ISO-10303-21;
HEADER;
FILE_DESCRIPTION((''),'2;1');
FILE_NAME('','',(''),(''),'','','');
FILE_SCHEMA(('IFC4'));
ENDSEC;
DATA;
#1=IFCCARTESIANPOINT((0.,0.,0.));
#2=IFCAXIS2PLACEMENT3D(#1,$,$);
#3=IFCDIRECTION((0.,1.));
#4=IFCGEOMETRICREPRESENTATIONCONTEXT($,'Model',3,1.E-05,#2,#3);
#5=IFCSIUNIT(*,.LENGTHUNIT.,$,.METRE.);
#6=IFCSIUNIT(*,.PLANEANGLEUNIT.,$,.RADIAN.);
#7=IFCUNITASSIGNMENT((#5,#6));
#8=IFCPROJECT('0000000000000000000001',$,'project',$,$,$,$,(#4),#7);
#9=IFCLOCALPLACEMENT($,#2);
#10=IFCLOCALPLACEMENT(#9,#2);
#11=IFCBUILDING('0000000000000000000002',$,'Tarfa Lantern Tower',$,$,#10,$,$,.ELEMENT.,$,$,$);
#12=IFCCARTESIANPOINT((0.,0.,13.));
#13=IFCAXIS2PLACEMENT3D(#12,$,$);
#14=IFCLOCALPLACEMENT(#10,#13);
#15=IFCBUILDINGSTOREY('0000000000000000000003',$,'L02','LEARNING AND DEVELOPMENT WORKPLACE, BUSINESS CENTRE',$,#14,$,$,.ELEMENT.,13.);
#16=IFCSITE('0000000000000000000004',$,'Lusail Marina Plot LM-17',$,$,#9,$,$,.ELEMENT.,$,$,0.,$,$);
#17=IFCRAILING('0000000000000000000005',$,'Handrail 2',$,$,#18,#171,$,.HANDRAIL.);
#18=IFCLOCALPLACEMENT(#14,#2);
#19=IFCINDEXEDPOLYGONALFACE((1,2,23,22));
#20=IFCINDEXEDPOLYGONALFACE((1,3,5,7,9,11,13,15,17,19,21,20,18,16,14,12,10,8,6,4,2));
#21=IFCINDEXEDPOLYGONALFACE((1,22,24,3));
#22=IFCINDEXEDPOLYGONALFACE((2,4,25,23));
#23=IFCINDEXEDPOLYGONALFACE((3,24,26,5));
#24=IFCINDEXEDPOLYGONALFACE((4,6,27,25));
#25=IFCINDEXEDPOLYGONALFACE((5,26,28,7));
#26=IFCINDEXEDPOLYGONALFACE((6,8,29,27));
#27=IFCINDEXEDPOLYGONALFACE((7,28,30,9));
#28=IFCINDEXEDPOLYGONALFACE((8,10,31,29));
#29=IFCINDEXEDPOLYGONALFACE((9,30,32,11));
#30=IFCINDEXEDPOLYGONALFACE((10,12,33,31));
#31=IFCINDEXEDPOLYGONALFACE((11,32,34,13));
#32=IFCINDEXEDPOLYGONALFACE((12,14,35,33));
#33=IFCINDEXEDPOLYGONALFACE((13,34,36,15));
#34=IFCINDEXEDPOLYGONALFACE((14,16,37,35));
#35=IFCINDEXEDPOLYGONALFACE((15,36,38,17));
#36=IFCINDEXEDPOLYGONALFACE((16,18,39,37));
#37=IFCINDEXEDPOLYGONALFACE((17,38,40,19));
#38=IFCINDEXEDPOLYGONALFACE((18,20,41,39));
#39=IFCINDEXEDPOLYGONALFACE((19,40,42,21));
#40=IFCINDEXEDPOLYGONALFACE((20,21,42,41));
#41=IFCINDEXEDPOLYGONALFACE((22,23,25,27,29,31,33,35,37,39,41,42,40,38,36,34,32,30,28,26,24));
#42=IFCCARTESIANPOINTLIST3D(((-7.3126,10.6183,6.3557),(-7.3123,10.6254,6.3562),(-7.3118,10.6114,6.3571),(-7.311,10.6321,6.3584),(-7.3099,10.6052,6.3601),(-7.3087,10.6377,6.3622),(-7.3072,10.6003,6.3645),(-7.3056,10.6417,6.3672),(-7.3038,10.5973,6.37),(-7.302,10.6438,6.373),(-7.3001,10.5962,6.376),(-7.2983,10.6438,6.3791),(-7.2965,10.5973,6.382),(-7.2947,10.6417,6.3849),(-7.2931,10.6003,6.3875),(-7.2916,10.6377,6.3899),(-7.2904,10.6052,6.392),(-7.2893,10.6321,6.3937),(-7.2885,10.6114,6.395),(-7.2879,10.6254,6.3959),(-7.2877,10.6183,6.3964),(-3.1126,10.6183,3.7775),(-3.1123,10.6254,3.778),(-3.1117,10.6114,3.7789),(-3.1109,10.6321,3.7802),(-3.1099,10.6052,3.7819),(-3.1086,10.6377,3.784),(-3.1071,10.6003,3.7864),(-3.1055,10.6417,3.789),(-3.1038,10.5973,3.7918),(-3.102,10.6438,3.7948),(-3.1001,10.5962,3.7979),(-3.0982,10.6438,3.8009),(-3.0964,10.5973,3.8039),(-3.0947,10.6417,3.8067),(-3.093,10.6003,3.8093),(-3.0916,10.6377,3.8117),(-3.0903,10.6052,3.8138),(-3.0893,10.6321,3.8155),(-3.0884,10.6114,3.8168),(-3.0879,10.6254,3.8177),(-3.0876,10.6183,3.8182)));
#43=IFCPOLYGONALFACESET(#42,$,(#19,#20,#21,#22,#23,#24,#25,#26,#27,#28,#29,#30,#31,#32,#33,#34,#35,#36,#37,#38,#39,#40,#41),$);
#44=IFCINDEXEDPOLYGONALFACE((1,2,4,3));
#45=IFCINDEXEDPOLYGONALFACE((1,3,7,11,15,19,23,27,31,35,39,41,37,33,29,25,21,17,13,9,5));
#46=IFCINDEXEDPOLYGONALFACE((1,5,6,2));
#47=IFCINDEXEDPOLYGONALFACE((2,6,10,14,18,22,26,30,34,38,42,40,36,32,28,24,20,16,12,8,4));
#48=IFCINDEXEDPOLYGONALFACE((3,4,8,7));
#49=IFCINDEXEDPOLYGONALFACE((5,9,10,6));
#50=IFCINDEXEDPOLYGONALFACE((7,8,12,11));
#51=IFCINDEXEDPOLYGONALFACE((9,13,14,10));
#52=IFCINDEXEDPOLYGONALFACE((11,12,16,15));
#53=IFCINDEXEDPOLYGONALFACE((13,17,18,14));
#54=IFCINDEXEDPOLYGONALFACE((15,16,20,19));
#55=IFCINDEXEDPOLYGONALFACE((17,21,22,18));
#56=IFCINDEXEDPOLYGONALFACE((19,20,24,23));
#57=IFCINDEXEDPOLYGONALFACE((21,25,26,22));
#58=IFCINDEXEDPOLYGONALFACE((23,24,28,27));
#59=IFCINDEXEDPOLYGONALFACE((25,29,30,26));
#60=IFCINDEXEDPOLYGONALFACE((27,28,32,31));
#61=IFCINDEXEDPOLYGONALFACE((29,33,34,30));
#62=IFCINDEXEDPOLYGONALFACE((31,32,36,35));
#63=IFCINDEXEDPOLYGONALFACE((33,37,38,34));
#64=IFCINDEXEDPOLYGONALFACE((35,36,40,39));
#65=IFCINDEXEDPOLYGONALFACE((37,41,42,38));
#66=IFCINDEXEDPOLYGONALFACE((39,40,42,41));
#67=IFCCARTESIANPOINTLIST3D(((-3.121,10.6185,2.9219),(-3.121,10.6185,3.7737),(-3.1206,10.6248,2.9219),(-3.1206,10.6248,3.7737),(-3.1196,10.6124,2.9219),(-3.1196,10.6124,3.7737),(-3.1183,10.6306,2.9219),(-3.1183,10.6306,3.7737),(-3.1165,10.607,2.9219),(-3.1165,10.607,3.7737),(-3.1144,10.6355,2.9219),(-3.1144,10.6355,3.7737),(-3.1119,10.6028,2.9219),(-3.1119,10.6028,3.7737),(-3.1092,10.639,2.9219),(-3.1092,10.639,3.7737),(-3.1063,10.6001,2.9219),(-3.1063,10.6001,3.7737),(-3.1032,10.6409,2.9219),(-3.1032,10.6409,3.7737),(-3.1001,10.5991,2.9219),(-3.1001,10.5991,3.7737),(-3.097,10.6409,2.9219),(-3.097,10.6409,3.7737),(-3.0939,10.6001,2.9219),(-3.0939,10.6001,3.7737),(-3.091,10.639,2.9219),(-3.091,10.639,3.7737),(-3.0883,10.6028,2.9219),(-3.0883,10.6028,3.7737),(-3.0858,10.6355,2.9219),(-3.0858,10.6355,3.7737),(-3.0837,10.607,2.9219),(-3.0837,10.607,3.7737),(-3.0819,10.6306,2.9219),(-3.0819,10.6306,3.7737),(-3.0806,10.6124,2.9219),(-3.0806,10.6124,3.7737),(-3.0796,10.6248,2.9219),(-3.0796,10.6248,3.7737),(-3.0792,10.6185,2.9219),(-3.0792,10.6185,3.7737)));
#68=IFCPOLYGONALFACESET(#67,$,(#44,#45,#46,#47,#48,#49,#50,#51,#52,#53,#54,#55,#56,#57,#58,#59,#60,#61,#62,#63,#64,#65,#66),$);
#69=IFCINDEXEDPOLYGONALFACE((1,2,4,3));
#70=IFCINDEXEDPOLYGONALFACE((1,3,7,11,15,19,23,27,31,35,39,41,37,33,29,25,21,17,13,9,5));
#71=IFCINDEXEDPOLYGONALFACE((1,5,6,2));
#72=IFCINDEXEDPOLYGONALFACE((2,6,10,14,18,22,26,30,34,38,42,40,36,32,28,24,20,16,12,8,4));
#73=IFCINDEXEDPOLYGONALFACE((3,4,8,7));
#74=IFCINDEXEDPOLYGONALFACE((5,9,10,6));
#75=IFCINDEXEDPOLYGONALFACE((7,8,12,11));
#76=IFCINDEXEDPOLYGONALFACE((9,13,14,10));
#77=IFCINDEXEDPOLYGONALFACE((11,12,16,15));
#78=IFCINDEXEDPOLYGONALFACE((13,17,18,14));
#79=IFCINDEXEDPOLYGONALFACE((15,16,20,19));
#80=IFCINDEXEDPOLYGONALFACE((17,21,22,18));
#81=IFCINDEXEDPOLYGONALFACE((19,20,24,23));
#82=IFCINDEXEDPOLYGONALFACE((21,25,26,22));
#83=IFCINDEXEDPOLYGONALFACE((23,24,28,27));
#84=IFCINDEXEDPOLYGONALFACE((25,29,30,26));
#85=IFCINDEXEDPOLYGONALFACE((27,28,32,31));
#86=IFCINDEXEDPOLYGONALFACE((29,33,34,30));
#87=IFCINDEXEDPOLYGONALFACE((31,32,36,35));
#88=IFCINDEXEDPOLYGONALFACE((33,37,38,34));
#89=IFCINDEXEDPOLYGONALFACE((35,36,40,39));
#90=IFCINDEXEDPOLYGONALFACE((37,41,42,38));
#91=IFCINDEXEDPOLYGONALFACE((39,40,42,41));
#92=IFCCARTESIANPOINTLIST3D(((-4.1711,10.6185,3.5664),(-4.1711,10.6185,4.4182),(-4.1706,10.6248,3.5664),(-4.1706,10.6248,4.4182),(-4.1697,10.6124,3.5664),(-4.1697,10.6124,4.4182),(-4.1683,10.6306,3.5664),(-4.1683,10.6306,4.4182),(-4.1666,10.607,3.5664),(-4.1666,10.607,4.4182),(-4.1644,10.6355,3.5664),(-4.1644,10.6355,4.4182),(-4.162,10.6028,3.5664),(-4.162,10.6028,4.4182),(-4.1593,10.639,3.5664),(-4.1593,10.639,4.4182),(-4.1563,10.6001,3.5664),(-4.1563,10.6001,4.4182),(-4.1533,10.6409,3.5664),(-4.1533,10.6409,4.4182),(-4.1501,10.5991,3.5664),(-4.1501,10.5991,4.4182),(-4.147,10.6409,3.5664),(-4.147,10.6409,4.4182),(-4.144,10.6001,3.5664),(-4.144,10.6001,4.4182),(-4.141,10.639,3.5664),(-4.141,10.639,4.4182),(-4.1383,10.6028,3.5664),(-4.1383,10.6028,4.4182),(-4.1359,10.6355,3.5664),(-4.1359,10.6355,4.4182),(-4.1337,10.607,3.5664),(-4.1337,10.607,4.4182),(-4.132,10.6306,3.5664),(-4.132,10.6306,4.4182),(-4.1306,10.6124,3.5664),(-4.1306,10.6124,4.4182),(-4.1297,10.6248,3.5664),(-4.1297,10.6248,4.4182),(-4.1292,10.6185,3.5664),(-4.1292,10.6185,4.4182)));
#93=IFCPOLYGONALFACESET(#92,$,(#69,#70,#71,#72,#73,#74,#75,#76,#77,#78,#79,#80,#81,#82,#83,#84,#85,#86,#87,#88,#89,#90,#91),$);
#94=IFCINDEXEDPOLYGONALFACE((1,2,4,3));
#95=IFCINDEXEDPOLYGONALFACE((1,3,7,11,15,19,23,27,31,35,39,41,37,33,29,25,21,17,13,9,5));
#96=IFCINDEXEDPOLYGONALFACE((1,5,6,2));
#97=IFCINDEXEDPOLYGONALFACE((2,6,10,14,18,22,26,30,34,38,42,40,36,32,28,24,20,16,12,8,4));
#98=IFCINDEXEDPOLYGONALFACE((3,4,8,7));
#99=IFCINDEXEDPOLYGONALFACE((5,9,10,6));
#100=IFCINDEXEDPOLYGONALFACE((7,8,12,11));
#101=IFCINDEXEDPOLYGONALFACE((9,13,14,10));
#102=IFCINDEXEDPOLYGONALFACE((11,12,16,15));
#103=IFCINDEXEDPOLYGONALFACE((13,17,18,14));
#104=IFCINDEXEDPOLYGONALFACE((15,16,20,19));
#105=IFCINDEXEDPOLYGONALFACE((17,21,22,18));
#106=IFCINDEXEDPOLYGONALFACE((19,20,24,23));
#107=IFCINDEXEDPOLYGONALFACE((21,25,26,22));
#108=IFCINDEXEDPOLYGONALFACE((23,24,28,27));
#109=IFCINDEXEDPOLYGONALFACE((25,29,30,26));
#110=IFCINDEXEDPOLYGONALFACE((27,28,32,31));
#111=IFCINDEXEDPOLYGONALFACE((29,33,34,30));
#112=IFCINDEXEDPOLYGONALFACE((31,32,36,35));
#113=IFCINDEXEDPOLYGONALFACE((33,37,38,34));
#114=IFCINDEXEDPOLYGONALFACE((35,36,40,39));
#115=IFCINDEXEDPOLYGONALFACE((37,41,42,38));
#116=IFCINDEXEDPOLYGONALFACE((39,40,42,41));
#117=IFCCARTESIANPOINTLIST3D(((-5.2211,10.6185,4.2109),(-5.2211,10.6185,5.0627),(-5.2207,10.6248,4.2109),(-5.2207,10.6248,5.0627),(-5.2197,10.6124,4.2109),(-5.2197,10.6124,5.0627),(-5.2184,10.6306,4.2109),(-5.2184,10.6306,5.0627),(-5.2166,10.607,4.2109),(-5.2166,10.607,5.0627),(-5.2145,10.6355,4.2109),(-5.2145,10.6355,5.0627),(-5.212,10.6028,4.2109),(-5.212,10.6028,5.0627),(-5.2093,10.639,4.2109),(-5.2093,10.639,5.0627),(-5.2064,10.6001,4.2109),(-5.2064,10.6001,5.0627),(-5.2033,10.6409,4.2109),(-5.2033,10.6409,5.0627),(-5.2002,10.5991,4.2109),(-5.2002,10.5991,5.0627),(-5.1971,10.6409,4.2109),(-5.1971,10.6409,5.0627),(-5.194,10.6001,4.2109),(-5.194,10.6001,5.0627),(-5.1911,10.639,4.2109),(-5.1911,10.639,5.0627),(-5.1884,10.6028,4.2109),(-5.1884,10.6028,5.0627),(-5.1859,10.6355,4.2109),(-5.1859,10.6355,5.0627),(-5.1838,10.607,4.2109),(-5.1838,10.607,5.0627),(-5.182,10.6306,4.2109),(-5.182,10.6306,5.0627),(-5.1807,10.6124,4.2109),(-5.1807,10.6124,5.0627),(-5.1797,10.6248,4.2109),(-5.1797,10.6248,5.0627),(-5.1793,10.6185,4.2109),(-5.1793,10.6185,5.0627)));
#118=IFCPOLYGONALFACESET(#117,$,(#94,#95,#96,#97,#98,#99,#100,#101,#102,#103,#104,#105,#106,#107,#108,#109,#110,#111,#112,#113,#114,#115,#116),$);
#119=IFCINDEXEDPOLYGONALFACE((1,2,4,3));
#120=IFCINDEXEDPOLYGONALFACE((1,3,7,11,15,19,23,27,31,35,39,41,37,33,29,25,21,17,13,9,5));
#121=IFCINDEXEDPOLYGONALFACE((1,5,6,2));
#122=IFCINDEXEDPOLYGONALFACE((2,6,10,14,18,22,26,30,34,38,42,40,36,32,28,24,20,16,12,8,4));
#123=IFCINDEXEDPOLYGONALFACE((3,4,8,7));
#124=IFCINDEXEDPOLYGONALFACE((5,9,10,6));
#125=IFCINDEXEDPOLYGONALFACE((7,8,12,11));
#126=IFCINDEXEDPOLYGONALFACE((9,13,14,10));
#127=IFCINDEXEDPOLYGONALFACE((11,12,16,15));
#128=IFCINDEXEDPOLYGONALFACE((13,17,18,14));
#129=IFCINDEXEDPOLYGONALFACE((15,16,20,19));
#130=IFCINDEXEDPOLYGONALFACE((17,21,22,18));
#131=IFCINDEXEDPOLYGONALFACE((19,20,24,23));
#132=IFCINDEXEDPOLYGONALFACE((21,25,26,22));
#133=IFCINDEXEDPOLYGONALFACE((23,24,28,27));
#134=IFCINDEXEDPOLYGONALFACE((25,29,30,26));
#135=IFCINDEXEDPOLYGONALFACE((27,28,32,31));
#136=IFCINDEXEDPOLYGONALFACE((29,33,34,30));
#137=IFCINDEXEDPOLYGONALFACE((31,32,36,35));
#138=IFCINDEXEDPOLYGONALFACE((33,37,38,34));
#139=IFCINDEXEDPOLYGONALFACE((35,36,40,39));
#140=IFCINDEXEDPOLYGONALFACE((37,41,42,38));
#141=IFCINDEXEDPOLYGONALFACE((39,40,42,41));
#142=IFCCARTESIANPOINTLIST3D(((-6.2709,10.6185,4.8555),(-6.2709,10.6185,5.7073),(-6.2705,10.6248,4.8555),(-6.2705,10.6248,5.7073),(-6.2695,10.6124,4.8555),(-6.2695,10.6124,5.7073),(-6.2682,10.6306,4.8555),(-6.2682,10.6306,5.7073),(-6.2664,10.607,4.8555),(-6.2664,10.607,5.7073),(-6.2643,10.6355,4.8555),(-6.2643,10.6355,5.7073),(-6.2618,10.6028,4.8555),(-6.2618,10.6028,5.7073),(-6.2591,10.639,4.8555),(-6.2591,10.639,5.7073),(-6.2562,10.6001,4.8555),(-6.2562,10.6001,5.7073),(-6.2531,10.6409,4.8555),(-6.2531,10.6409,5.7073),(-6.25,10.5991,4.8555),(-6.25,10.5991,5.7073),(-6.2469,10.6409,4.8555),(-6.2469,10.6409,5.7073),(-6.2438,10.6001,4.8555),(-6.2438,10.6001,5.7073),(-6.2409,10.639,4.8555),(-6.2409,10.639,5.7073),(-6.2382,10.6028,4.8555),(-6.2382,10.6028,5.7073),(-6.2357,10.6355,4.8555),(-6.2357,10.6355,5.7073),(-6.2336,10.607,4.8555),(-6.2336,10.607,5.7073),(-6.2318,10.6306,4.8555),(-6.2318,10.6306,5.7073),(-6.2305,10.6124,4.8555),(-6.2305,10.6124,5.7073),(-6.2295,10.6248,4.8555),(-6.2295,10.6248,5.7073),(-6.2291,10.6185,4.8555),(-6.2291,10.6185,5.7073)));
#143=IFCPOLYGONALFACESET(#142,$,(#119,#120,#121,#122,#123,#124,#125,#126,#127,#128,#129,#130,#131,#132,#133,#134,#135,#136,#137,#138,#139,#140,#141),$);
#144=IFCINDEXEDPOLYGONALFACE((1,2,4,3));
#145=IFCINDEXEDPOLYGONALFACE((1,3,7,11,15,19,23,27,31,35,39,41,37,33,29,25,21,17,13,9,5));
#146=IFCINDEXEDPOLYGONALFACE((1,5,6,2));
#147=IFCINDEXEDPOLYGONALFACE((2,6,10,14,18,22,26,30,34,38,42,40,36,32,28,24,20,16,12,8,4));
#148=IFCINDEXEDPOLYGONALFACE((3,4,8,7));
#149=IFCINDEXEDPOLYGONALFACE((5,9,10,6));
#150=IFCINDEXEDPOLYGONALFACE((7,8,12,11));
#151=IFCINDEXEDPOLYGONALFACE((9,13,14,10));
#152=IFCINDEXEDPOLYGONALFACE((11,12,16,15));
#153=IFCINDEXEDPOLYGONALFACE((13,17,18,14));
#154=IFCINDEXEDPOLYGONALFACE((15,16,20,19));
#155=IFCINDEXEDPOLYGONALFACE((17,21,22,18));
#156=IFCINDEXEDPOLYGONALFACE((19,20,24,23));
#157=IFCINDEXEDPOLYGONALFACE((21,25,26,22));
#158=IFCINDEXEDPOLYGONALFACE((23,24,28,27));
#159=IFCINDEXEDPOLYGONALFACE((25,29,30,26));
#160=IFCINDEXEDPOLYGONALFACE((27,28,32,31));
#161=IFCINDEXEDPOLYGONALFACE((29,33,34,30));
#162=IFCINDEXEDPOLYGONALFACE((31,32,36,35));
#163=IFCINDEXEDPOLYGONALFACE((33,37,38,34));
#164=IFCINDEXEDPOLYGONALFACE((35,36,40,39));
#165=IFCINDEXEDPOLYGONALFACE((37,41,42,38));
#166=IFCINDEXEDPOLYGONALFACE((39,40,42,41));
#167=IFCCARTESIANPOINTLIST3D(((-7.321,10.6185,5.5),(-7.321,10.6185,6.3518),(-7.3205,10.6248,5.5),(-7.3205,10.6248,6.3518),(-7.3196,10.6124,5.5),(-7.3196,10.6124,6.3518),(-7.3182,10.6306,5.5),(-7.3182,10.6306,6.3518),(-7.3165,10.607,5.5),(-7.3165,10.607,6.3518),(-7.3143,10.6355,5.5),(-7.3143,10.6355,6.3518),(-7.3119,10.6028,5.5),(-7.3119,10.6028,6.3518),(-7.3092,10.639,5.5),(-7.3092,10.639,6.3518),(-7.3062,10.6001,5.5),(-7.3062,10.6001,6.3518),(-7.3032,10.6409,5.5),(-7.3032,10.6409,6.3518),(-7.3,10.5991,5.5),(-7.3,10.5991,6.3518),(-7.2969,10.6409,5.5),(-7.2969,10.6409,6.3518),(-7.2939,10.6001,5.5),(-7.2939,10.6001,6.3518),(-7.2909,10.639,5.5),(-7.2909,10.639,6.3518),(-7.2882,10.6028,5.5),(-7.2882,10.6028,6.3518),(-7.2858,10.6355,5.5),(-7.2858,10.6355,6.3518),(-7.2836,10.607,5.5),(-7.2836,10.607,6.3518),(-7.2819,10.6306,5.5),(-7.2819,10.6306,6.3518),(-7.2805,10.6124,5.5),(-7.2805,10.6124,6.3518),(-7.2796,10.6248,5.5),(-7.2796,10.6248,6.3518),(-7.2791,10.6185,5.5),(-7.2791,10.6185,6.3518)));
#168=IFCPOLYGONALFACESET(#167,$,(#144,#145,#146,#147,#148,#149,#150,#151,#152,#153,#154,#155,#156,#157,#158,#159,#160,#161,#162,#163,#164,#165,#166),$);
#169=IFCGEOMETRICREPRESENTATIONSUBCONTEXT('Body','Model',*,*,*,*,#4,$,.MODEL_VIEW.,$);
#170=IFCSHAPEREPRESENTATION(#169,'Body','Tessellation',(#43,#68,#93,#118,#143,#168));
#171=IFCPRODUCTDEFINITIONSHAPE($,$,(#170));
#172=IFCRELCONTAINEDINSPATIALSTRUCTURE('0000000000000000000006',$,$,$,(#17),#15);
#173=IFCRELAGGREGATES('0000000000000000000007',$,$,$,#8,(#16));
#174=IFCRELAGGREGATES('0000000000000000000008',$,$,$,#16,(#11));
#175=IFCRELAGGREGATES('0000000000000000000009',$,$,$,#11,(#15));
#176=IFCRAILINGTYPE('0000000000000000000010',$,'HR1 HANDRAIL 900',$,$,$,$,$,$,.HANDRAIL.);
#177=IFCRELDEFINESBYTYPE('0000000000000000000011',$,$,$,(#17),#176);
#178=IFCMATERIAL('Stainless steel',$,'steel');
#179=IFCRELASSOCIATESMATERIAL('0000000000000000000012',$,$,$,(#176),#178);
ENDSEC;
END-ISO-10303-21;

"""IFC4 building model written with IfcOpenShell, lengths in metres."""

from ifc_helpers import new_model, si_unit, direction, frame, origin, origin_2d, place, context, subcontext, project, spatial, circle, extrude, material, type_object, element, save


model = new_model("IFC4")

# Units and contexts
model_context = context("Model", 3, precision=1e-05, world=origin(), true_north=direction((0.0, 1.0)))
body_context = subcontext(model_context, "Body", "Model", "MODEL_VIEW")
ifc_project = project(units=[si_unit("LENGTHUNIT", "METRE"), si_unit("PLANEANGLEUNIT", "RADIAN")], contexts=[model_context])

# Site, building, storey
site_placement = place(None, origin())
site = spatial("IfcSite", under=ifc_project, at=site_placement, Name="Lusail Marina Plot LM-17", CompositionType="ELEMENT", RefElevation=0.0)
building_placement = place(site_placement, origin())
building = spatial("IfcBuilding", under=site, at=building_placement, Name="Tarfa Lantern Tower", CompositionType="ELEMENT")
storey_placement = place(building_placement, frame((0.0, 0.0, 13.0)))
storey = spatial("IfcBuildingStorey", under=building, at=storey_placement, Name="L02", Description="LEARNING AND DEVELOPMENT WORKPLACE, BUSINESS CENTRE", CompositionType="ELEMENT", Elevation=13.0)

# Railing
ifc_material_1 = material(Name="Stainless steel", Category="steel")
railing_type = type_object("IfcRailingType", Name="HR1 HANDRAIL 900", PredefinedType="HANDRAIL", material=ifc_material_1)
railing_1_placement = place(storey_placement, frame((-3.1001, 10.6201, 2.9219)))
element("IfcRailing", 1, at=railing_1_placement, inside=storey, type_object=railing_type, Name="Handrail 2", PredefinedType="HANDRAIL", context=body_context, shape_type="SweptSolid", body=[
    extrude(circle(Radius=0.0239, at=origin_2d()), frame((0.0, 0.0, 0.876), z_axis=(-0.852243, 0.0, 0.523146), x_axis=(0.0, -1.0, 0.0)), (0.0, 0.0, 1.0), 4.9282),
    extrude(circle(Radius=0.021, at=origin_2d()), frame((0.0, 0.0, 0.0), z_axis=(0.0, 0.0, 1.0), x_axis=(0.0, -1.0, 0.0)), (0.0, 0.0, 1.0), 0.8518),
    extrude(circle(Radius=0.021, at=origin_2d()), frame((-1.05, 0.0, 0.6445), z_axis=(0.0, 0.0, 1.0), x_axis=(0.0, -1.0, 0.0)), (0.0, 0.0, 1.0), 0.8518),
    extrude(circle(Radius=0.021, at=origin_2d()), frame((-2.1001, 0.0, 1.2891), z_axis=(0.0, 0.0, 1.0), x_axis=(0.0, -1.0, 0.0)), (0.0, 0.0, 1.0), 0.8518),
    extrude(circle(Radius=0.021, at=origin_2d()), frame((-3.1499, 0.0, 1.9336), z_axis=(0.0, 0.0, 1.0), x_axis=(0.0, -1.0, 0.0)), (0.0, 0.0, 1.0), 0.8518),
    extrude(circle(Radius=0.021, at=origin_2d()), frame((-4.2, 0.0, 2.5781), z_axis=(0.0, 0.0, 1.0), x_axis=(0.0, -1.0, 0.0)), (0.0, 0.0, 1.0), 0.8518),
])

save(model, "model.ifc")
